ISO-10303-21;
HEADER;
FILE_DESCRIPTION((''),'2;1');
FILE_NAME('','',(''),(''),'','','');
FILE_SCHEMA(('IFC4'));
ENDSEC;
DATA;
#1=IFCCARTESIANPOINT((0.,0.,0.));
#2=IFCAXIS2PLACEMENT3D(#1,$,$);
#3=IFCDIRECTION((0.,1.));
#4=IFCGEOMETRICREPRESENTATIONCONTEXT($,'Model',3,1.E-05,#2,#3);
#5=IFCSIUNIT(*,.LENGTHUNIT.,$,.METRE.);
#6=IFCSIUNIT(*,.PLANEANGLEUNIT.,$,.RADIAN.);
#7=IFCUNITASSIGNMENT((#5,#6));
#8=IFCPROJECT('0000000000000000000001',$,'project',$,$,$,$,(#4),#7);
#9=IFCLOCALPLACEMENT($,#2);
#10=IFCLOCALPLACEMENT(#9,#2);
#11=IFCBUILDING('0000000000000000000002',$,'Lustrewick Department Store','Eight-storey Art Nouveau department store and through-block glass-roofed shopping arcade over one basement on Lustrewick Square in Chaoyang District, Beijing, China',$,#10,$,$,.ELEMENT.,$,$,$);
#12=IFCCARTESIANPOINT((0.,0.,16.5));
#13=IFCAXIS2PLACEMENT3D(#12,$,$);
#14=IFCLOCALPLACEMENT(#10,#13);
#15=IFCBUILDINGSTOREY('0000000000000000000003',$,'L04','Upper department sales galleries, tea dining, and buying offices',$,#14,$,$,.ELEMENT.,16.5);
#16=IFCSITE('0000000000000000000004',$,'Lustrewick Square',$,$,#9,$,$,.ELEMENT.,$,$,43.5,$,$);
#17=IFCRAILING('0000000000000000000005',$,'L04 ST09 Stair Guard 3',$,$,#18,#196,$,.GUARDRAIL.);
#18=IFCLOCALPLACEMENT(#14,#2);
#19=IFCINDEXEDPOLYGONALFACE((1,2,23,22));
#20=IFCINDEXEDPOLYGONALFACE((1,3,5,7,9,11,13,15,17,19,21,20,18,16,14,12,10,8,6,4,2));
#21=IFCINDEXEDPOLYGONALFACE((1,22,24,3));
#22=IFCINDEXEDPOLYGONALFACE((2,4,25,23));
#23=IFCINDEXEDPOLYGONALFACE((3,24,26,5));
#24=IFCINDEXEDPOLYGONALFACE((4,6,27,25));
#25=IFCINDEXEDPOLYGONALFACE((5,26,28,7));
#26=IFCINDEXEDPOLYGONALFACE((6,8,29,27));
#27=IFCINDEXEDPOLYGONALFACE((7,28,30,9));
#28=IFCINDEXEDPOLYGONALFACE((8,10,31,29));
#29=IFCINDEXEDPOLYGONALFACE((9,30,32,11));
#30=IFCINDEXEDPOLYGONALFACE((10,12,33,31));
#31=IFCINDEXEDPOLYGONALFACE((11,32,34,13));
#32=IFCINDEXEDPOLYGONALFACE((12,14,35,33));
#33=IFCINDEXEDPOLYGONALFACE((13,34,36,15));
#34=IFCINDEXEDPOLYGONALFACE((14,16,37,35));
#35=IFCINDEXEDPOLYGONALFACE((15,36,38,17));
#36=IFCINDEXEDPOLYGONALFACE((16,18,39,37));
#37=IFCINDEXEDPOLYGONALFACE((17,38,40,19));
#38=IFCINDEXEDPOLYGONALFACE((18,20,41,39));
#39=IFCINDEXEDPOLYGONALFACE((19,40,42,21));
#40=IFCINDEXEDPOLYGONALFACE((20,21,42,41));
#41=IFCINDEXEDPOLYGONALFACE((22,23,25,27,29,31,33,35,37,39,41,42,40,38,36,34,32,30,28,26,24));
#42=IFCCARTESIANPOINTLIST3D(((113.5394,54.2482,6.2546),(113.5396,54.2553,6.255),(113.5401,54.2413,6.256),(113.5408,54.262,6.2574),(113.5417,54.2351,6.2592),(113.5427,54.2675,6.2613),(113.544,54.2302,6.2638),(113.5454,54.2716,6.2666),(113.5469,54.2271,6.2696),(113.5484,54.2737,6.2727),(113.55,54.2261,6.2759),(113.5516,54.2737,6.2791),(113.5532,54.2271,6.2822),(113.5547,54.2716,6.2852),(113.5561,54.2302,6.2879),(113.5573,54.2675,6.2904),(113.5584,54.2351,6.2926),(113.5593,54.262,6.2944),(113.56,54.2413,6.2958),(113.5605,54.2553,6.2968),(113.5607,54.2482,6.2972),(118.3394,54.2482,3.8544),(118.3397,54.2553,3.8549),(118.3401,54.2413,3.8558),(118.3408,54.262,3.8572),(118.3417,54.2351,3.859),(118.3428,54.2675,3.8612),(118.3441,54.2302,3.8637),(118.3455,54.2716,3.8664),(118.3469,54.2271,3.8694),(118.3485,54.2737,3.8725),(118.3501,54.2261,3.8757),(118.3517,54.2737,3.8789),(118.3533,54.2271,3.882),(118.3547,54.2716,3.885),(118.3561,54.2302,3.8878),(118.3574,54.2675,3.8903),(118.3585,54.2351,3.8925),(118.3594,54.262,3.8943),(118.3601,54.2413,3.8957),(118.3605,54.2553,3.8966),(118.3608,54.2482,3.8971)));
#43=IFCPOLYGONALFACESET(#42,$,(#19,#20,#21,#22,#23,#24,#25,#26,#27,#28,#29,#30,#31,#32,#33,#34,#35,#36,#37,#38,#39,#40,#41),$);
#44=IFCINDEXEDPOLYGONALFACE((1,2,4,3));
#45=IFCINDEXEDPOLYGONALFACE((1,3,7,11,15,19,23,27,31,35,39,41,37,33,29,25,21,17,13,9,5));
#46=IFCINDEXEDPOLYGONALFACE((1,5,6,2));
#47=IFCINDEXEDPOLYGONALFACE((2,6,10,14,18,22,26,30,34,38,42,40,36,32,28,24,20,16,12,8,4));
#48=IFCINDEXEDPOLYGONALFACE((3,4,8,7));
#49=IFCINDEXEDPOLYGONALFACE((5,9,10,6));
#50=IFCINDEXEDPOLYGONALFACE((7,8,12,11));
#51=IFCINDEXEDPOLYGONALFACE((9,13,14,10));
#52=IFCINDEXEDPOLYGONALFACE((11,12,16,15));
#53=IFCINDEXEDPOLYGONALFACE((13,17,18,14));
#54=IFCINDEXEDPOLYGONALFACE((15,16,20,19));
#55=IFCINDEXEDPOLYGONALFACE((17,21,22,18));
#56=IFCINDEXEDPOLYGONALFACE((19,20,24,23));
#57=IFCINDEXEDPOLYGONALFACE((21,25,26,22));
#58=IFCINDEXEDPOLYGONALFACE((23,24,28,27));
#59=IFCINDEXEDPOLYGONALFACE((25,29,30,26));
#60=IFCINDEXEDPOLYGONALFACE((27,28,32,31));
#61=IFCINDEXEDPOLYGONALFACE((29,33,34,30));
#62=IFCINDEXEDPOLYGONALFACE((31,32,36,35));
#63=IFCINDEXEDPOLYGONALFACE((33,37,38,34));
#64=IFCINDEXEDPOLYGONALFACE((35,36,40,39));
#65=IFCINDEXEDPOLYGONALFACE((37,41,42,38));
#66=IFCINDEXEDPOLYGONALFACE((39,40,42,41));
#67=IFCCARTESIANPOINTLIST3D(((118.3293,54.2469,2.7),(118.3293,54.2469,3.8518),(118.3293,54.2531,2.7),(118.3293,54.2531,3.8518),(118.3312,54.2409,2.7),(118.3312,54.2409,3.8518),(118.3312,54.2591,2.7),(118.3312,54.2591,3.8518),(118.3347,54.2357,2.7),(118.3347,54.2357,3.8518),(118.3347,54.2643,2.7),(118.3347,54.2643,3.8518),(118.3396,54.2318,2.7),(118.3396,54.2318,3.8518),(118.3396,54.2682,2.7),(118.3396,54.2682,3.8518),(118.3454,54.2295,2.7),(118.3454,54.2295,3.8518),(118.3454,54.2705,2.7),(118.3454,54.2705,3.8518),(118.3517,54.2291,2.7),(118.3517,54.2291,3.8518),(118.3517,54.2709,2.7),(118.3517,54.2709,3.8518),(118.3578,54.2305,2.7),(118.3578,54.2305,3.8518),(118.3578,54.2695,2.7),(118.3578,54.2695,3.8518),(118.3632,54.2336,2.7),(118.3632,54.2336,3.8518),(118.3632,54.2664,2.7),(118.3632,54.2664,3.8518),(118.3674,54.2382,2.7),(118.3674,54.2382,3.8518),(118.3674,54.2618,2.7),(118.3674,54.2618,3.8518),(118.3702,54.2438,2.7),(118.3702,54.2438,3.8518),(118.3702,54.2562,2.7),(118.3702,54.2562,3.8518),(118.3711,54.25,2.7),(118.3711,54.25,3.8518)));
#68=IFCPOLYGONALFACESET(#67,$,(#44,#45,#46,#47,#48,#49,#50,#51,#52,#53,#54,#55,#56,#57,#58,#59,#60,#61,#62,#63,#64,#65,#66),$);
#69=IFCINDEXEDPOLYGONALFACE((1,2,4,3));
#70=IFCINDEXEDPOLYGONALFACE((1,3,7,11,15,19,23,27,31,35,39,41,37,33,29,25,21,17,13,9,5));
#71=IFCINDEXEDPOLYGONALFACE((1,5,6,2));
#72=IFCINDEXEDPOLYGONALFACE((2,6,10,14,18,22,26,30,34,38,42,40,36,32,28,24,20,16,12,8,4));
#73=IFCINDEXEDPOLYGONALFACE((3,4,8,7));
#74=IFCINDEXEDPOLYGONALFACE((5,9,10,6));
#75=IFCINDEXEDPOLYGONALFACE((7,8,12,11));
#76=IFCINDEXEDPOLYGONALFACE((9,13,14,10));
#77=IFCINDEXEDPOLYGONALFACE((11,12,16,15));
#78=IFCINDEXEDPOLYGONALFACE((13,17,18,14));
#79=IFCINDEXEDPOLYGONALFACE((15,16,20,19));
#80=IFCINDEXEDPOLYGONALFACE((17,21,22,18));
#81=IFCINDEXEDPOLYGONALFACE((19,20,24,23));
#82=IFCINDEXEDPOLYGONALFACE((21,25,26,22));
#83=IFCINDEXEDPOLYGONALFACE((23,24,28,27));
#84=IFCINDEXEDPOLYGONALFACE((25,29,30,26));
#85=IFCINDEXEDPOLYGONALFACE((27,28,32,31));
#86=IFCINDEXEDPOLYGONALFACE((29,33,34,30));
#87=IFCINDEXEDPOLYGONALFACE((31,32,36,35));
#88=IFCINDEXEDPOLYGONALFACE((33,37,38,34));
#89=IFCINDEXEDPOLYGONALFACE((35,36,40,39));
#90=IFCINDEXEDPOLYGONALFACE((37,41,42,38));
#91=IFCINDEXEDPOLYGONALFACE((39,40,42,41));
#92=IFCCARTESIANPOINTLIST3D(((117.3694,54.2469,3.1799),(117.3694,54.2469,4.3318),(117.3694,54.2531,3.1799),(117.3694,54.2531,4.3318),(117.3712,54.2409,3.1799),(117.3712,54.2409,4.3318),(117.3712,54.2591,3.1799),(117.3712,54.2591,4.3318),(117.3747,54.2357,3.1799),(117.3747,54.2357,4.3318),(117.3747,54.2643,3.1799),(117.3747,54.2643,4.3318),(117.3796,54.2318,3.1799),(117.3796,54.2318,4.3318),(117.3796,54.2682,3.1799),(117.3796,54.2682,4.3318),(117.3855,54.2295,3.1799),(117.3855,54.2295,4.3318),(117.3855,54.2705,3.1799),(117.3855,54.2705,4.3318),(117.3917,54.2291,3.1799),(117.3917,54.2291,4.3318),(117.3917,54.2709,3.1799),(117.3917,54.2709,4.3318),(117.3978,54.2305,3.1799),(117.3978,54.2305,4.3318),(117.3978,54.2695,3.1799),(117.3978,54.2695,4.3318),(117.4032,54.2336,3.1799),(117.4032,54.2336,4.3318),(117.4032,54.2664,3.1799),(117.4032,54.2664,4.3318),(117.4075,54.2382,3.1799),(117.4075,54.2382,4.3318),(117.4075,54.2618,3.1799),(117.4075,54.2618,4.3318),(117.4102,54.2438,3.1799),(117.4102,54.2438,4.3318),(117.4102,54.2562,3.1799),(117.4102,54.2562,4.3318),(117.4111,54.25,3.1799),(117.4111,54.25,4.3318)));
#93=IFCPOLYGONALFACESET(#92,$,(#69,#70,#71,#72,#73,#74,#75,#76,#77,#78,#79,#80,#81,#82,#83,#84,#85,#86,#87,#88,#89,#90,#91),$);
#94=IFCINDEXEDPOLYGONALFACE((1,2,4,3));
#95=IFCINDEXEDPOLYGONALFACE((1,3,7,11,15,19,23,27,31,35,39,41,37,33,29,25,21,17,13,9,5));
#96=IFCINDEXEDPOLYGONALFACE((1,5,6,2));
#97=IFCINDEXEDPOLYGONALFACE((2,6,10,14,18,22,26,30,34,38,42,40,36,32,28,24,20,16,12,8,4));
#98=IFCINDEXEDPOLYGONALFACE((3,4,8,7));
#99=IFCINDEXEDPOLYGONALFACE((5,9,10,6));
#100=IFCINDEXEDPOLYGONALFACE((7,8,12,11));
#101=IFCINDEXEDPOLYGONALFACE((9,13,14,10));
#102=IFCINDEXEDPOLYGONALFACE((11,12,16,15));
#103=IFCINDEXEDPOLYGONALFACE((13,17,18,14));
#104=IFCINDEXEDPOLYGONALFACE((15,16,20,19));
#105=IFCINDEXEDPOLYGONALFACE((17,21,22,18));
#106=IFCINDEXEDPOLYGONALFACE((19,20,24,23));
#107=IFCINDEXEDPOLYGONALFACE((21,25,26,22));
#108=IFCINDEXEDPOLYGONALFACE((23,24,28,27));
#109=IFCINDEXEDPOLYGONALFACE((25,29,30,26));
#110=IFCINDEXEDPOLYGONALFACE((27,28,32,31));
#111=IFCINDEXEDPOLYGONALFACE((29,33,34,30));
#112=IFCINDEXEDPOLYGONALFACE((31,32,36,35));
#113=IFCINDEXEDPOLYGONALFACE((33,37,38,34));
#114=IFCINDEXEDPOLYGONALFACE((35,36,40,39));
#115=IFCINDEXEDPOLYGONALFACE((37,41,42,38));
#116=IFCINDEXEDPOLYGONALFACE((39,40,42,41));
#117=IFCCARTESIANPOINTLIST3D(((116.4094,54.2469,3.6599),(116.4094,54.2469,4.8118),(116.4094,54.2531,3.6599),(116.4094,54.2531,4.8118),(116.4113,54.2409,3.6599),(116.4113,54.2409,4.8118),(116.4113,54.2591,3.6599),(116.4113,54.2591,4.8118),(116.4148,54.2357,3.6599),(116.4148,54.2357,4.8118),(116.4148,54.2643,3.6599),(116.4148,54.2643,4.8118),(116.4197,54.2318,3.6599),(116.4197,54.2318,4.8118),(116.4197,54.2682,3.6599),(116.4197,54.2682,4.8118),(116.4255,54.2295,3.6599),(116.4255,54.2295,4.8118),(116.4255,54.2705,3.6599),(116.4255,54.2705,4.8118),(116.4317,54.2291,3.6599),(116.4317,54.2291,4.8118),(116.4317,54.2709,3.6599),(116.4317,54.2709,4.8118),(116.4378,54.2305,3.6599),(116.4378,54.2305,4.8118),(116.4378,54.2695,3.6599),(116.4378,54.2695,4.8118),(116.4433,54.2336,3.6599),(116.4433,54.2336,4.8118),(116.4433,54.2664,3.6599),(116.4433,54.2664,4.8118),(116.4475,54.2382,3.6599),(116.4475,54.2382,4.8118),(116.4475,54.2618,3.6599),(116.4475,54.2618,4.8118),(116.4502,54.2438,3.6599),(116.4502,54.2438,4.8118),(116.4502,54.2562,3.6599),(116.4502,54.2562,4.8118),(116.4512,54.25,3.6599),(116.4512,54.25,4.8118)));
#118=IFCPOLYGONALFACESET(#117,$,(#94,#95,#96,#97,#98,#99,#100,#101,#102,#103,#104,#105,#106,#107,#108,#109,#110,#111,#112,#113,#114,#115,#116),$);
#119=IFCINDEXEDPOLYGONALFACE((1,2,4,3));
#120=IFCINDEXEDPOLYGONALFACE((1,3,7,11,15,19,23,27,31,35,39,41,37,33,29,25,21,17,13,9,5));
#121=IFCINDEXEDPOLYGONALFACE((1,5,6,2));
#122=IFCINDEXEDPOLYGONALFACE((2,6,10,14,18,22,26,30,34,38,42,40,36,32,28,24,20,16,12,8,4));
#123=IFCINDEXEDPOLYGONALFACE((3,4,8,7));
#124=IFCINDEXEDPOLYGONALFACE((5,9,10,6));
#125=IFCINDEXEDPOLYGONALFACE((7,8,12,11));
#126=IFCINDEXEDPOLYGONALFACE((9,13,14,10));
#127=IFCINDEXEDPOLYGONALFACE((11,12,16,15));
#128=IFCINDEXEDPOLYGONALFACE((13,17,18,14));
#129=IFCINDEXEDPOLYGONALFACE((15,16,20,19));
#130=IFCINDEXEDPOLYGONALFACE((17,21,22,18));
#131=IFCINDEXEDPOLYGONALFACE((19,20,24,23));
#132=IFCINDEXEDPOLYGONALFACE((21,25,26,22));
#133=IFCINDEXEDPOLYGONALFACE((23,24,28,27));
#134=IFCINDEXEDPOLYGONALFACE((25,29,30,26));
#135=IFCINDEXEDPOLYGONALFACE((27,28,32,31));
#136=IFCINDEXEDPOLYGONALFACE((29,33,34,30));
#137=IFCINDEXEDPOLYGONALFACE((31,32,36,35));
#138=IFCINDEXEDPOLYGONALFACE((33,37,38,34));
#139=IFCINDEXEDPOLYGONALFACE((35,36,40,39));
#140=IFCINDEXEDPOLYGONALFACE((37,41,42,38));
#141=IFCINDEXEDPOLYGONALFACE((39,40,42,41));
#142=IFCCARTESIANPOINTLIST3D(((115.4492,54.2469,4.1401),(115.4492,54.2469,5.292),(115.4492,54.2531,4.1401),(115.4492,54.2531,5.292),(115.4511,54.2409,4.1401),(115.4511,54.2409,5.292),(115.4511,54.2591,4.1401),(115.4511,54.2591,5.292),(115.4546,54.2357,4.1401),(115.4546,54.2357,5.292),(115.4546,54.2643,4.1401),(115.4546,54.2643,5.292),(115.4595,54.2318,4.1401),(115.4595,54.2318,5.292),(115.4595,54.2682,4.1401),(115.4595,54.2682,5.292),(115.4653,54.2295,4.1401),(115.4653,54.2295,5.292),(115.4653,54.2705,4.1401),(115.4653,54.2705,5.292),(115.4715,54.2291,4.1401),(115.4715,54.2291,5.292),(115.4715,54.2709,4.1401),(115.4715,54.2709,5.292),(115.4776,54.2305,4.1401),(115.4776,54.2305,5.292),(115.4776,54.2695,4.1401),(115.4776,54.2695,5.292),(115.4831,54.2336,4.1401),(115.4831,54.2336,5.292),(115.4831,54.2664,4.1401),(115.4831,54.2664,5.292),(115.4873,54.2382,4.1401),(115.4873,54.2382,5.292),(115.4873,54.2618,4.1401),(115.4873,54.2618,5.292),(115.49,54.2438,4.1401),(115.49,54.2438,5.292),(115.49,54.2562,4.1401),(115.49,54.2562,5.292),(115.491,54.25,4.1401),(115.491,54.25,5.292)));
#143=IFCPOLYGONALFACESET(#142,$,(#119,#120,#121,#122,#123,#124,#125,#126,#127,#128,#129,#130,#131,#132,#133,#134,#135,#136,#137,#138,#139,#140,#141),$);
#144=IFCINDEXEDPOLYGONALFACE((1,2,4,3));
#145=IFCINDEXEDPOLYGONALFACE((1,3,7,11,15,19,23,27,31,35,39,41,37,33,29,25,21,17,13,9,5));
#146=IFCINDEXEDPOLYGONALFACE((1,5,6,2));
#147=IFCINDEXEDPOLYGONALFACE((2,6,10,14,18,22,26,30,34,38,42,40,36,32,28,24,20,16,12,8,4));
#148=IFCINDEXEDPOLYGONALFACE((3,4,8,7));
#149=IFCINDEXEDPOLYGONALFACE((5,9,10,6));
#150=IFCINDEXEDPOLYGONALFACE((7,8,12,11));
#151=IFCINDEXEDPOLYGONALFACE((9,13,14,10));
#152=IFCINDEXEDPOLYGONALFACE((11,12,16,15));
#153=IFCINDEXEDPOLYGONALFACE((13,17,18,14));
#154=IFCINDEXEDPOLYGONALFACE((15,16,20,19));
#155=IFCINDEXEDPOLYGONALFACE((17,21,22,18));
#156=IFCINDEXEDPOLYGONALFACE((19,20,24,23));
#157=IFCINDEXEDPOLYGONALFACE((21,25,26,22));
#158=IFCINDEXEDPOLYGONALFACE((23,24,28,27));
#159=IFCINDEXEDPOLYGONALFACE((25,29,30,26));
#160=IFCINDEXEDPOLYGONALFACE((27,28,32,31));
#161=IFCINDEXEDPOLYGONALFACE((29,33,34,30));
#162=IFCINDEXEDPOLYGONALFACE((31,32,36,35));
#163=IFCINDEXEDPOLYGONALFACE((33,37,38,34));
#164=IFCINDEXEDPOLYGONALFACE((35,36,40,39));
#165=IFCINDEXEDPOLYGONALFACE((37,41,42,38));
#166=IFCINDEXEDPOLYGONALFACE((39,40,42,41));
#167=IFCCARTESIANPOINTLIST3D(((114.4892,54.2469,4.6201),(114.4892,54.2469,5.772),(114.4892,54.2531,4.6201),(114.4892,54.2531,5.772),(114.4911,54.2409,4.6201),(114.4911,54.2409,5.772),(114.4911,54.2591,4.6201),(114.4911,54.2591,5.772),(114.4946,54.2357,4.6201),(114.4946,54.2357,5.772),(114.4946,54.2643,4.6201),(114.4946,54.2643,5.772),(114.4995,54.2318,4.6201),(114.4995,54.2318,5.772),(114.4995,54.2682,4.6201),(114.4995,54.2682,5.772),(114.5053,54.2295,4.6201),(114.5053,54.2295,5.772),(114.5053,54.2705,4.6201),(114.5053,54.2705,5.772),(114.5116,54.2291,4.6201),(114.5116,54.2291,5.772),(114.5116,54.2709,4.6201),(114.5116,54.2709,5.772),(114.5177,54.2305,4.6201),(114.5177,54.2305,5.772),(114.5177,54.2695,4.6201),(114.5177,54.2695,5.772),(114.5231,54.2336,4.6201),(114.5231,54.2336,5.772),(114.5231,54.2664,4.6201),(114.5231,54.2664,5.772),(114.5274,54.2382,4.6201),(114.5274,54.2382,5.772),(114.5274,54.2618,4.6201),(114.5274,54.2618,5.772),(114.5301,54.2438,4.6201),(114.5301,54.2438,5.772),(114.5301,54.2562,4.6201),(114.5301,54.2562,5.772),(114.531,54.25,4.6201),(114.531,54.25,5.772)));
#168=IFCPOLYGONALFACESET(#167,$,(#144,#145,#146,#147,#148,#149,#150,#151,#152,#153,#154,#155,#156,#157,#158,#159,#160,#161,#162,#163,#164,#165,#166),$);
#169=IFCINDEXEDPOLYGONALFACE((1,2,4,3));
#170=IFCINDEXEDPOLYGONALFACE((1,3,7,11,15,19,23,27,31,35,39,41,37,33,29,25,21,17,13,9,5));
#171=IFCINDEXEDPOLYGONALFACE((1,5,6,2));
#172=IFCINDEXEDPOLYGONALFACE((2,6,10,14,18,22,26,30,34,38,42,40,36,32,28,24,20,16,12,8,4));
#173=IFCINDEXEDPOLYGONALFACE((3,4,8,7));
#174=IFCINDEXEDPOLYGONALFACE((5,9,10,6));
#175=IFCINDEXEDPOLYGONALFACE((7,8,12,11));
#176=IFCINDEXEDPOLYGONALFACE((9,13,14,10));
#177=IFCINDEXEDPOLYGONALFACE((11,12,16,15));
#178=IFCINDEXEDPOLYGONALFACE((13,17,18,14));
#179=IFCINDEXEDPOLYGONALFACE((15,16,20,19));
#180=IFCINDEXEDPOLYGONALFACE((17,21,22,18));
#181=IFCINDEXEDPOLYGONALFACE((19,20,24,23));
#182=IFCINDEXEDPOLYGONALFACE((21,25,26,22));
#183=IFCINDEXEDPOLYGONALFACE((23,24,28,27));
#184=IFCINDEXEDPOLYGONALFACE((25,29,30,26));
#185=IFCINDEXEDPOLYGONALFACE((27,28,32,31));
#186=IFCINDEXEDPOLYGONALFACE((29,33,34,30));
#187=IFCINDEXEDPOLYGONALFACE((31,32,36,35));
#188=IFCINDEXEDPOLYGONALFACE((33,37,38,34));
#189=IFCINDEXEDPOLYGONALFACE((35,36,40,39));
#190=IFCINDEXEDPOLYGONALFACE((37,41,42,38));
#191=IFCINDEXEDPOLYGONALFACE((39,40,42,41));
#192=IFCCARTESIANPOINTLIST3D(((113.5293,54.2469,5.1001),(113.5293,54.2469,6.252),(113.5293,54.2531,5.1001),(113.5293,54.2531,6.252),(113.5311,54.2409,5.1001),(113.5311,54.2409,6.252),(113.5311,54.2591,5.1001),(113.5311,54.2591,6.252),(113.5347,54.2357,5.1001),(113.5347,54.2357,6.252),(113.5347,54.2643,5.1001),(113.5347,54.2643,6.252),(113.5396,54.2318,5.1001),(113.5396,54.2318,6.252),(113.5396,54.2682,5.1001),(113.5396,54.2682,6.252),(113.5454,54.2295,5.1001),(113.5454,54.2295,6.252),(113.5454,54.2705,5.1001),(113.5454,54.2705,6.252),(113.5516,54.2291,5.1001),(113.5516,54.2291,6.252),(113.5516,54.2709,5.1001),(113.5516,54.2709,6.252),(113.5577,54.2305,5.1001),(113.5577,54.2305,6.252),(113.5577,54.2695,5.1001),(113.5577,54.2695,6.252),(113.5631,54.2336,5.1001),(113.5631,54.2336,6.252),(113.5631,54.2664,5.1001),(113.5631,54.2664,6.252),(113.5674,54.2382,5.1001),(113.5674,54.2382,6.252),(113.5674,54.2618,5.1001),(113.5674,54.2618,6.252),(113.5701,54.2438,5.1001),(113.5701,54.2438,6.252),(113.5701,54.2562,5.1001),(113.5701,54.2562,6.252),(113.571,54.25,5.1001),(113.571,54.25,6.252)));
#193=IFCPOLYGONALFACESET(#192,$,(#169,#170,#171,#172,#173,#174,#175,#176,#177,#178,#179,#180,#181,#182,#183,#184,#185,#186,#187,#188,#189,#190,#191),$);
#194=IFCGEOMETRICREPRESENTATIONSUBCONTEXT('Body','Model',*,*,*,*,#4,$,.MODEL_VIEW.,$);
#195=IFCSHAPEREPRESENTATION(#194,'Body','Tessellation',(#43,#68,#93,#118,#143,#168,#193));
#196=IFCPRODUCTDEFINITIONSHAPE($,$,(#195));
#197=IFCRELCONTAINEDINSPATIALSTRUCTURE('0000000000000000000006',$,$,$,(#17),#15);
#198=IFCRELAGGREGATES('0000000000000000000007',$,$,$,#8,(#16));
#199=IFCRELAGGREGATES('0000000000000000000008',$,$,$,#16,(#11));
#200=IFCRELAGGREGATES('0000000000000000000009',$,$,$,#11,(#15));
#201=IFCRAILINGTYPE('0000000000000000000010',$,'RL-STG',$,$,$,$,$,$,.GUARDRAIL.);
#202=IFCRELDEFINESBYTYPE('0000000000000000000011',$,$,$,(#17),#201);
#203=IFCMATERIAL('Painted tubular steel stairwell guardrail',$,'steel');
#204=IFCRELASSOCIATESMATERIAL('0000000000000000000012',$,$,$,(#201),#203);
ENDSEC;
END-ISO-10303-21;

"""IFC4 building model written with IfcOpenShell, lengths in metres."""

from ifc_helpers import new_model, si_unit, direction, frame, origin, origin_2d, place, context, subcontext, project, spatial, circle, extrude, material, type_object, element, save


model = new_model("IFC4")

# Units and contexts
model_context = context("Model", 3, precision=1e-05, world=origin(), true_north=direction((0.0, 1.0)))
body_context = subcontext(model_context, "Body", "Model", "MODEL_VIEW")
ifc_project = project(units=[si_unit("LENGTHUNIT", "METRE"), si_unit("PLANEANGLEUNIT", "RADIAN")], contexts=[model_context])

# Site, building, storey
site_placement = place(None, origin())
site = spatial("IfcSite", under=ifc_project, at=site_placement, Name="Lustrewick Square", CompositionType="ELEMENT", RefElevation=43.5)
building_placement = place(site_placement, origin())
building = spatial("IfcBuilding", under=site, at=building_placement, Name="Lustrewick Department Store", Description="Eight-storey Art Nouveau department store and through-block glass-roofed shopping arcade over one basement on Lustrewick Square in Chaoyang District, Beijing, China", CompositionType="ELEMENT")
storey_placement = place(building_placement, frame((0.0, 0.0, 16.5)))
storey = spatial("IfcBuildingStorey", under=building, at=storey_placement, Name="L04", Description="Upper department sales galleries, tea dining, and buying offices", CompositionType="ELEMENT", Elevation=16.5)

# Railing
ifc_material_1 = material(Name="Painted tubular steel stairwell guardrail", Category="steel")
railing_type_1 = type_object("IfcRailingType", Name="RL-STG", PredefinedType="GUARDRAIL", material=ifc_material_1)
railing_1_placement = place(storey_placement, frame((118.3501, 54.25, 2.7)))
element("IfcRailing", 1, at=railing_1_placement, inside=storey, type_object=railing_type_1, Name="L04 ST09 Stair Guard 3", PredefinedType="GUARDRAIL", context=body_context, shape_type="SweptSolid", body=[
    extrude(circle(Radius=0.0239, at=origin_2d()), frame((0.0, 0.0, 1.1758), z_axis=(-0.894418, 0.0, 0.447232), x_axis=(0.0, -1.0, 0.0)), (0.0, 0.0, 1.0), 5.3667),
    extrude(circle(Radius=0.021, at=origin_2d()), origin(), (0.0, 0.0, 1.0), 1.1519),
    extrude(circle(Radius=0.021, at=origin_2d()), frame((-0.96, 0.0, 0.48)), (0.0, 0.0, 1.0), 1.1519),
    extrude(circle(Radius=0.021, at=origin_2d()), frame((-1.9199, 0.0, 0.96)), (0.0, 0.0, 1.0), 1.1519),
    extrude(circle(Radius=0.021, at=origin_2d()), frame((-2.8801, 0.0, 1.4402)), (0.0, 0.0, 1.0), 1.1519),
    extrude(circle(Radius=0.021, at=origin_2d()), frame((-3.8401, 0.0, 1.9202)), (0.0, 0.0, 1.0), 1.1519),
    extrude(circle(Radius=0.021, at=origin_2d()), frame((-4.8, 0.0, 2.4001)), (0.0, 0.0, 1.0), 1.1519),
])

save(model, "model.ifc")
